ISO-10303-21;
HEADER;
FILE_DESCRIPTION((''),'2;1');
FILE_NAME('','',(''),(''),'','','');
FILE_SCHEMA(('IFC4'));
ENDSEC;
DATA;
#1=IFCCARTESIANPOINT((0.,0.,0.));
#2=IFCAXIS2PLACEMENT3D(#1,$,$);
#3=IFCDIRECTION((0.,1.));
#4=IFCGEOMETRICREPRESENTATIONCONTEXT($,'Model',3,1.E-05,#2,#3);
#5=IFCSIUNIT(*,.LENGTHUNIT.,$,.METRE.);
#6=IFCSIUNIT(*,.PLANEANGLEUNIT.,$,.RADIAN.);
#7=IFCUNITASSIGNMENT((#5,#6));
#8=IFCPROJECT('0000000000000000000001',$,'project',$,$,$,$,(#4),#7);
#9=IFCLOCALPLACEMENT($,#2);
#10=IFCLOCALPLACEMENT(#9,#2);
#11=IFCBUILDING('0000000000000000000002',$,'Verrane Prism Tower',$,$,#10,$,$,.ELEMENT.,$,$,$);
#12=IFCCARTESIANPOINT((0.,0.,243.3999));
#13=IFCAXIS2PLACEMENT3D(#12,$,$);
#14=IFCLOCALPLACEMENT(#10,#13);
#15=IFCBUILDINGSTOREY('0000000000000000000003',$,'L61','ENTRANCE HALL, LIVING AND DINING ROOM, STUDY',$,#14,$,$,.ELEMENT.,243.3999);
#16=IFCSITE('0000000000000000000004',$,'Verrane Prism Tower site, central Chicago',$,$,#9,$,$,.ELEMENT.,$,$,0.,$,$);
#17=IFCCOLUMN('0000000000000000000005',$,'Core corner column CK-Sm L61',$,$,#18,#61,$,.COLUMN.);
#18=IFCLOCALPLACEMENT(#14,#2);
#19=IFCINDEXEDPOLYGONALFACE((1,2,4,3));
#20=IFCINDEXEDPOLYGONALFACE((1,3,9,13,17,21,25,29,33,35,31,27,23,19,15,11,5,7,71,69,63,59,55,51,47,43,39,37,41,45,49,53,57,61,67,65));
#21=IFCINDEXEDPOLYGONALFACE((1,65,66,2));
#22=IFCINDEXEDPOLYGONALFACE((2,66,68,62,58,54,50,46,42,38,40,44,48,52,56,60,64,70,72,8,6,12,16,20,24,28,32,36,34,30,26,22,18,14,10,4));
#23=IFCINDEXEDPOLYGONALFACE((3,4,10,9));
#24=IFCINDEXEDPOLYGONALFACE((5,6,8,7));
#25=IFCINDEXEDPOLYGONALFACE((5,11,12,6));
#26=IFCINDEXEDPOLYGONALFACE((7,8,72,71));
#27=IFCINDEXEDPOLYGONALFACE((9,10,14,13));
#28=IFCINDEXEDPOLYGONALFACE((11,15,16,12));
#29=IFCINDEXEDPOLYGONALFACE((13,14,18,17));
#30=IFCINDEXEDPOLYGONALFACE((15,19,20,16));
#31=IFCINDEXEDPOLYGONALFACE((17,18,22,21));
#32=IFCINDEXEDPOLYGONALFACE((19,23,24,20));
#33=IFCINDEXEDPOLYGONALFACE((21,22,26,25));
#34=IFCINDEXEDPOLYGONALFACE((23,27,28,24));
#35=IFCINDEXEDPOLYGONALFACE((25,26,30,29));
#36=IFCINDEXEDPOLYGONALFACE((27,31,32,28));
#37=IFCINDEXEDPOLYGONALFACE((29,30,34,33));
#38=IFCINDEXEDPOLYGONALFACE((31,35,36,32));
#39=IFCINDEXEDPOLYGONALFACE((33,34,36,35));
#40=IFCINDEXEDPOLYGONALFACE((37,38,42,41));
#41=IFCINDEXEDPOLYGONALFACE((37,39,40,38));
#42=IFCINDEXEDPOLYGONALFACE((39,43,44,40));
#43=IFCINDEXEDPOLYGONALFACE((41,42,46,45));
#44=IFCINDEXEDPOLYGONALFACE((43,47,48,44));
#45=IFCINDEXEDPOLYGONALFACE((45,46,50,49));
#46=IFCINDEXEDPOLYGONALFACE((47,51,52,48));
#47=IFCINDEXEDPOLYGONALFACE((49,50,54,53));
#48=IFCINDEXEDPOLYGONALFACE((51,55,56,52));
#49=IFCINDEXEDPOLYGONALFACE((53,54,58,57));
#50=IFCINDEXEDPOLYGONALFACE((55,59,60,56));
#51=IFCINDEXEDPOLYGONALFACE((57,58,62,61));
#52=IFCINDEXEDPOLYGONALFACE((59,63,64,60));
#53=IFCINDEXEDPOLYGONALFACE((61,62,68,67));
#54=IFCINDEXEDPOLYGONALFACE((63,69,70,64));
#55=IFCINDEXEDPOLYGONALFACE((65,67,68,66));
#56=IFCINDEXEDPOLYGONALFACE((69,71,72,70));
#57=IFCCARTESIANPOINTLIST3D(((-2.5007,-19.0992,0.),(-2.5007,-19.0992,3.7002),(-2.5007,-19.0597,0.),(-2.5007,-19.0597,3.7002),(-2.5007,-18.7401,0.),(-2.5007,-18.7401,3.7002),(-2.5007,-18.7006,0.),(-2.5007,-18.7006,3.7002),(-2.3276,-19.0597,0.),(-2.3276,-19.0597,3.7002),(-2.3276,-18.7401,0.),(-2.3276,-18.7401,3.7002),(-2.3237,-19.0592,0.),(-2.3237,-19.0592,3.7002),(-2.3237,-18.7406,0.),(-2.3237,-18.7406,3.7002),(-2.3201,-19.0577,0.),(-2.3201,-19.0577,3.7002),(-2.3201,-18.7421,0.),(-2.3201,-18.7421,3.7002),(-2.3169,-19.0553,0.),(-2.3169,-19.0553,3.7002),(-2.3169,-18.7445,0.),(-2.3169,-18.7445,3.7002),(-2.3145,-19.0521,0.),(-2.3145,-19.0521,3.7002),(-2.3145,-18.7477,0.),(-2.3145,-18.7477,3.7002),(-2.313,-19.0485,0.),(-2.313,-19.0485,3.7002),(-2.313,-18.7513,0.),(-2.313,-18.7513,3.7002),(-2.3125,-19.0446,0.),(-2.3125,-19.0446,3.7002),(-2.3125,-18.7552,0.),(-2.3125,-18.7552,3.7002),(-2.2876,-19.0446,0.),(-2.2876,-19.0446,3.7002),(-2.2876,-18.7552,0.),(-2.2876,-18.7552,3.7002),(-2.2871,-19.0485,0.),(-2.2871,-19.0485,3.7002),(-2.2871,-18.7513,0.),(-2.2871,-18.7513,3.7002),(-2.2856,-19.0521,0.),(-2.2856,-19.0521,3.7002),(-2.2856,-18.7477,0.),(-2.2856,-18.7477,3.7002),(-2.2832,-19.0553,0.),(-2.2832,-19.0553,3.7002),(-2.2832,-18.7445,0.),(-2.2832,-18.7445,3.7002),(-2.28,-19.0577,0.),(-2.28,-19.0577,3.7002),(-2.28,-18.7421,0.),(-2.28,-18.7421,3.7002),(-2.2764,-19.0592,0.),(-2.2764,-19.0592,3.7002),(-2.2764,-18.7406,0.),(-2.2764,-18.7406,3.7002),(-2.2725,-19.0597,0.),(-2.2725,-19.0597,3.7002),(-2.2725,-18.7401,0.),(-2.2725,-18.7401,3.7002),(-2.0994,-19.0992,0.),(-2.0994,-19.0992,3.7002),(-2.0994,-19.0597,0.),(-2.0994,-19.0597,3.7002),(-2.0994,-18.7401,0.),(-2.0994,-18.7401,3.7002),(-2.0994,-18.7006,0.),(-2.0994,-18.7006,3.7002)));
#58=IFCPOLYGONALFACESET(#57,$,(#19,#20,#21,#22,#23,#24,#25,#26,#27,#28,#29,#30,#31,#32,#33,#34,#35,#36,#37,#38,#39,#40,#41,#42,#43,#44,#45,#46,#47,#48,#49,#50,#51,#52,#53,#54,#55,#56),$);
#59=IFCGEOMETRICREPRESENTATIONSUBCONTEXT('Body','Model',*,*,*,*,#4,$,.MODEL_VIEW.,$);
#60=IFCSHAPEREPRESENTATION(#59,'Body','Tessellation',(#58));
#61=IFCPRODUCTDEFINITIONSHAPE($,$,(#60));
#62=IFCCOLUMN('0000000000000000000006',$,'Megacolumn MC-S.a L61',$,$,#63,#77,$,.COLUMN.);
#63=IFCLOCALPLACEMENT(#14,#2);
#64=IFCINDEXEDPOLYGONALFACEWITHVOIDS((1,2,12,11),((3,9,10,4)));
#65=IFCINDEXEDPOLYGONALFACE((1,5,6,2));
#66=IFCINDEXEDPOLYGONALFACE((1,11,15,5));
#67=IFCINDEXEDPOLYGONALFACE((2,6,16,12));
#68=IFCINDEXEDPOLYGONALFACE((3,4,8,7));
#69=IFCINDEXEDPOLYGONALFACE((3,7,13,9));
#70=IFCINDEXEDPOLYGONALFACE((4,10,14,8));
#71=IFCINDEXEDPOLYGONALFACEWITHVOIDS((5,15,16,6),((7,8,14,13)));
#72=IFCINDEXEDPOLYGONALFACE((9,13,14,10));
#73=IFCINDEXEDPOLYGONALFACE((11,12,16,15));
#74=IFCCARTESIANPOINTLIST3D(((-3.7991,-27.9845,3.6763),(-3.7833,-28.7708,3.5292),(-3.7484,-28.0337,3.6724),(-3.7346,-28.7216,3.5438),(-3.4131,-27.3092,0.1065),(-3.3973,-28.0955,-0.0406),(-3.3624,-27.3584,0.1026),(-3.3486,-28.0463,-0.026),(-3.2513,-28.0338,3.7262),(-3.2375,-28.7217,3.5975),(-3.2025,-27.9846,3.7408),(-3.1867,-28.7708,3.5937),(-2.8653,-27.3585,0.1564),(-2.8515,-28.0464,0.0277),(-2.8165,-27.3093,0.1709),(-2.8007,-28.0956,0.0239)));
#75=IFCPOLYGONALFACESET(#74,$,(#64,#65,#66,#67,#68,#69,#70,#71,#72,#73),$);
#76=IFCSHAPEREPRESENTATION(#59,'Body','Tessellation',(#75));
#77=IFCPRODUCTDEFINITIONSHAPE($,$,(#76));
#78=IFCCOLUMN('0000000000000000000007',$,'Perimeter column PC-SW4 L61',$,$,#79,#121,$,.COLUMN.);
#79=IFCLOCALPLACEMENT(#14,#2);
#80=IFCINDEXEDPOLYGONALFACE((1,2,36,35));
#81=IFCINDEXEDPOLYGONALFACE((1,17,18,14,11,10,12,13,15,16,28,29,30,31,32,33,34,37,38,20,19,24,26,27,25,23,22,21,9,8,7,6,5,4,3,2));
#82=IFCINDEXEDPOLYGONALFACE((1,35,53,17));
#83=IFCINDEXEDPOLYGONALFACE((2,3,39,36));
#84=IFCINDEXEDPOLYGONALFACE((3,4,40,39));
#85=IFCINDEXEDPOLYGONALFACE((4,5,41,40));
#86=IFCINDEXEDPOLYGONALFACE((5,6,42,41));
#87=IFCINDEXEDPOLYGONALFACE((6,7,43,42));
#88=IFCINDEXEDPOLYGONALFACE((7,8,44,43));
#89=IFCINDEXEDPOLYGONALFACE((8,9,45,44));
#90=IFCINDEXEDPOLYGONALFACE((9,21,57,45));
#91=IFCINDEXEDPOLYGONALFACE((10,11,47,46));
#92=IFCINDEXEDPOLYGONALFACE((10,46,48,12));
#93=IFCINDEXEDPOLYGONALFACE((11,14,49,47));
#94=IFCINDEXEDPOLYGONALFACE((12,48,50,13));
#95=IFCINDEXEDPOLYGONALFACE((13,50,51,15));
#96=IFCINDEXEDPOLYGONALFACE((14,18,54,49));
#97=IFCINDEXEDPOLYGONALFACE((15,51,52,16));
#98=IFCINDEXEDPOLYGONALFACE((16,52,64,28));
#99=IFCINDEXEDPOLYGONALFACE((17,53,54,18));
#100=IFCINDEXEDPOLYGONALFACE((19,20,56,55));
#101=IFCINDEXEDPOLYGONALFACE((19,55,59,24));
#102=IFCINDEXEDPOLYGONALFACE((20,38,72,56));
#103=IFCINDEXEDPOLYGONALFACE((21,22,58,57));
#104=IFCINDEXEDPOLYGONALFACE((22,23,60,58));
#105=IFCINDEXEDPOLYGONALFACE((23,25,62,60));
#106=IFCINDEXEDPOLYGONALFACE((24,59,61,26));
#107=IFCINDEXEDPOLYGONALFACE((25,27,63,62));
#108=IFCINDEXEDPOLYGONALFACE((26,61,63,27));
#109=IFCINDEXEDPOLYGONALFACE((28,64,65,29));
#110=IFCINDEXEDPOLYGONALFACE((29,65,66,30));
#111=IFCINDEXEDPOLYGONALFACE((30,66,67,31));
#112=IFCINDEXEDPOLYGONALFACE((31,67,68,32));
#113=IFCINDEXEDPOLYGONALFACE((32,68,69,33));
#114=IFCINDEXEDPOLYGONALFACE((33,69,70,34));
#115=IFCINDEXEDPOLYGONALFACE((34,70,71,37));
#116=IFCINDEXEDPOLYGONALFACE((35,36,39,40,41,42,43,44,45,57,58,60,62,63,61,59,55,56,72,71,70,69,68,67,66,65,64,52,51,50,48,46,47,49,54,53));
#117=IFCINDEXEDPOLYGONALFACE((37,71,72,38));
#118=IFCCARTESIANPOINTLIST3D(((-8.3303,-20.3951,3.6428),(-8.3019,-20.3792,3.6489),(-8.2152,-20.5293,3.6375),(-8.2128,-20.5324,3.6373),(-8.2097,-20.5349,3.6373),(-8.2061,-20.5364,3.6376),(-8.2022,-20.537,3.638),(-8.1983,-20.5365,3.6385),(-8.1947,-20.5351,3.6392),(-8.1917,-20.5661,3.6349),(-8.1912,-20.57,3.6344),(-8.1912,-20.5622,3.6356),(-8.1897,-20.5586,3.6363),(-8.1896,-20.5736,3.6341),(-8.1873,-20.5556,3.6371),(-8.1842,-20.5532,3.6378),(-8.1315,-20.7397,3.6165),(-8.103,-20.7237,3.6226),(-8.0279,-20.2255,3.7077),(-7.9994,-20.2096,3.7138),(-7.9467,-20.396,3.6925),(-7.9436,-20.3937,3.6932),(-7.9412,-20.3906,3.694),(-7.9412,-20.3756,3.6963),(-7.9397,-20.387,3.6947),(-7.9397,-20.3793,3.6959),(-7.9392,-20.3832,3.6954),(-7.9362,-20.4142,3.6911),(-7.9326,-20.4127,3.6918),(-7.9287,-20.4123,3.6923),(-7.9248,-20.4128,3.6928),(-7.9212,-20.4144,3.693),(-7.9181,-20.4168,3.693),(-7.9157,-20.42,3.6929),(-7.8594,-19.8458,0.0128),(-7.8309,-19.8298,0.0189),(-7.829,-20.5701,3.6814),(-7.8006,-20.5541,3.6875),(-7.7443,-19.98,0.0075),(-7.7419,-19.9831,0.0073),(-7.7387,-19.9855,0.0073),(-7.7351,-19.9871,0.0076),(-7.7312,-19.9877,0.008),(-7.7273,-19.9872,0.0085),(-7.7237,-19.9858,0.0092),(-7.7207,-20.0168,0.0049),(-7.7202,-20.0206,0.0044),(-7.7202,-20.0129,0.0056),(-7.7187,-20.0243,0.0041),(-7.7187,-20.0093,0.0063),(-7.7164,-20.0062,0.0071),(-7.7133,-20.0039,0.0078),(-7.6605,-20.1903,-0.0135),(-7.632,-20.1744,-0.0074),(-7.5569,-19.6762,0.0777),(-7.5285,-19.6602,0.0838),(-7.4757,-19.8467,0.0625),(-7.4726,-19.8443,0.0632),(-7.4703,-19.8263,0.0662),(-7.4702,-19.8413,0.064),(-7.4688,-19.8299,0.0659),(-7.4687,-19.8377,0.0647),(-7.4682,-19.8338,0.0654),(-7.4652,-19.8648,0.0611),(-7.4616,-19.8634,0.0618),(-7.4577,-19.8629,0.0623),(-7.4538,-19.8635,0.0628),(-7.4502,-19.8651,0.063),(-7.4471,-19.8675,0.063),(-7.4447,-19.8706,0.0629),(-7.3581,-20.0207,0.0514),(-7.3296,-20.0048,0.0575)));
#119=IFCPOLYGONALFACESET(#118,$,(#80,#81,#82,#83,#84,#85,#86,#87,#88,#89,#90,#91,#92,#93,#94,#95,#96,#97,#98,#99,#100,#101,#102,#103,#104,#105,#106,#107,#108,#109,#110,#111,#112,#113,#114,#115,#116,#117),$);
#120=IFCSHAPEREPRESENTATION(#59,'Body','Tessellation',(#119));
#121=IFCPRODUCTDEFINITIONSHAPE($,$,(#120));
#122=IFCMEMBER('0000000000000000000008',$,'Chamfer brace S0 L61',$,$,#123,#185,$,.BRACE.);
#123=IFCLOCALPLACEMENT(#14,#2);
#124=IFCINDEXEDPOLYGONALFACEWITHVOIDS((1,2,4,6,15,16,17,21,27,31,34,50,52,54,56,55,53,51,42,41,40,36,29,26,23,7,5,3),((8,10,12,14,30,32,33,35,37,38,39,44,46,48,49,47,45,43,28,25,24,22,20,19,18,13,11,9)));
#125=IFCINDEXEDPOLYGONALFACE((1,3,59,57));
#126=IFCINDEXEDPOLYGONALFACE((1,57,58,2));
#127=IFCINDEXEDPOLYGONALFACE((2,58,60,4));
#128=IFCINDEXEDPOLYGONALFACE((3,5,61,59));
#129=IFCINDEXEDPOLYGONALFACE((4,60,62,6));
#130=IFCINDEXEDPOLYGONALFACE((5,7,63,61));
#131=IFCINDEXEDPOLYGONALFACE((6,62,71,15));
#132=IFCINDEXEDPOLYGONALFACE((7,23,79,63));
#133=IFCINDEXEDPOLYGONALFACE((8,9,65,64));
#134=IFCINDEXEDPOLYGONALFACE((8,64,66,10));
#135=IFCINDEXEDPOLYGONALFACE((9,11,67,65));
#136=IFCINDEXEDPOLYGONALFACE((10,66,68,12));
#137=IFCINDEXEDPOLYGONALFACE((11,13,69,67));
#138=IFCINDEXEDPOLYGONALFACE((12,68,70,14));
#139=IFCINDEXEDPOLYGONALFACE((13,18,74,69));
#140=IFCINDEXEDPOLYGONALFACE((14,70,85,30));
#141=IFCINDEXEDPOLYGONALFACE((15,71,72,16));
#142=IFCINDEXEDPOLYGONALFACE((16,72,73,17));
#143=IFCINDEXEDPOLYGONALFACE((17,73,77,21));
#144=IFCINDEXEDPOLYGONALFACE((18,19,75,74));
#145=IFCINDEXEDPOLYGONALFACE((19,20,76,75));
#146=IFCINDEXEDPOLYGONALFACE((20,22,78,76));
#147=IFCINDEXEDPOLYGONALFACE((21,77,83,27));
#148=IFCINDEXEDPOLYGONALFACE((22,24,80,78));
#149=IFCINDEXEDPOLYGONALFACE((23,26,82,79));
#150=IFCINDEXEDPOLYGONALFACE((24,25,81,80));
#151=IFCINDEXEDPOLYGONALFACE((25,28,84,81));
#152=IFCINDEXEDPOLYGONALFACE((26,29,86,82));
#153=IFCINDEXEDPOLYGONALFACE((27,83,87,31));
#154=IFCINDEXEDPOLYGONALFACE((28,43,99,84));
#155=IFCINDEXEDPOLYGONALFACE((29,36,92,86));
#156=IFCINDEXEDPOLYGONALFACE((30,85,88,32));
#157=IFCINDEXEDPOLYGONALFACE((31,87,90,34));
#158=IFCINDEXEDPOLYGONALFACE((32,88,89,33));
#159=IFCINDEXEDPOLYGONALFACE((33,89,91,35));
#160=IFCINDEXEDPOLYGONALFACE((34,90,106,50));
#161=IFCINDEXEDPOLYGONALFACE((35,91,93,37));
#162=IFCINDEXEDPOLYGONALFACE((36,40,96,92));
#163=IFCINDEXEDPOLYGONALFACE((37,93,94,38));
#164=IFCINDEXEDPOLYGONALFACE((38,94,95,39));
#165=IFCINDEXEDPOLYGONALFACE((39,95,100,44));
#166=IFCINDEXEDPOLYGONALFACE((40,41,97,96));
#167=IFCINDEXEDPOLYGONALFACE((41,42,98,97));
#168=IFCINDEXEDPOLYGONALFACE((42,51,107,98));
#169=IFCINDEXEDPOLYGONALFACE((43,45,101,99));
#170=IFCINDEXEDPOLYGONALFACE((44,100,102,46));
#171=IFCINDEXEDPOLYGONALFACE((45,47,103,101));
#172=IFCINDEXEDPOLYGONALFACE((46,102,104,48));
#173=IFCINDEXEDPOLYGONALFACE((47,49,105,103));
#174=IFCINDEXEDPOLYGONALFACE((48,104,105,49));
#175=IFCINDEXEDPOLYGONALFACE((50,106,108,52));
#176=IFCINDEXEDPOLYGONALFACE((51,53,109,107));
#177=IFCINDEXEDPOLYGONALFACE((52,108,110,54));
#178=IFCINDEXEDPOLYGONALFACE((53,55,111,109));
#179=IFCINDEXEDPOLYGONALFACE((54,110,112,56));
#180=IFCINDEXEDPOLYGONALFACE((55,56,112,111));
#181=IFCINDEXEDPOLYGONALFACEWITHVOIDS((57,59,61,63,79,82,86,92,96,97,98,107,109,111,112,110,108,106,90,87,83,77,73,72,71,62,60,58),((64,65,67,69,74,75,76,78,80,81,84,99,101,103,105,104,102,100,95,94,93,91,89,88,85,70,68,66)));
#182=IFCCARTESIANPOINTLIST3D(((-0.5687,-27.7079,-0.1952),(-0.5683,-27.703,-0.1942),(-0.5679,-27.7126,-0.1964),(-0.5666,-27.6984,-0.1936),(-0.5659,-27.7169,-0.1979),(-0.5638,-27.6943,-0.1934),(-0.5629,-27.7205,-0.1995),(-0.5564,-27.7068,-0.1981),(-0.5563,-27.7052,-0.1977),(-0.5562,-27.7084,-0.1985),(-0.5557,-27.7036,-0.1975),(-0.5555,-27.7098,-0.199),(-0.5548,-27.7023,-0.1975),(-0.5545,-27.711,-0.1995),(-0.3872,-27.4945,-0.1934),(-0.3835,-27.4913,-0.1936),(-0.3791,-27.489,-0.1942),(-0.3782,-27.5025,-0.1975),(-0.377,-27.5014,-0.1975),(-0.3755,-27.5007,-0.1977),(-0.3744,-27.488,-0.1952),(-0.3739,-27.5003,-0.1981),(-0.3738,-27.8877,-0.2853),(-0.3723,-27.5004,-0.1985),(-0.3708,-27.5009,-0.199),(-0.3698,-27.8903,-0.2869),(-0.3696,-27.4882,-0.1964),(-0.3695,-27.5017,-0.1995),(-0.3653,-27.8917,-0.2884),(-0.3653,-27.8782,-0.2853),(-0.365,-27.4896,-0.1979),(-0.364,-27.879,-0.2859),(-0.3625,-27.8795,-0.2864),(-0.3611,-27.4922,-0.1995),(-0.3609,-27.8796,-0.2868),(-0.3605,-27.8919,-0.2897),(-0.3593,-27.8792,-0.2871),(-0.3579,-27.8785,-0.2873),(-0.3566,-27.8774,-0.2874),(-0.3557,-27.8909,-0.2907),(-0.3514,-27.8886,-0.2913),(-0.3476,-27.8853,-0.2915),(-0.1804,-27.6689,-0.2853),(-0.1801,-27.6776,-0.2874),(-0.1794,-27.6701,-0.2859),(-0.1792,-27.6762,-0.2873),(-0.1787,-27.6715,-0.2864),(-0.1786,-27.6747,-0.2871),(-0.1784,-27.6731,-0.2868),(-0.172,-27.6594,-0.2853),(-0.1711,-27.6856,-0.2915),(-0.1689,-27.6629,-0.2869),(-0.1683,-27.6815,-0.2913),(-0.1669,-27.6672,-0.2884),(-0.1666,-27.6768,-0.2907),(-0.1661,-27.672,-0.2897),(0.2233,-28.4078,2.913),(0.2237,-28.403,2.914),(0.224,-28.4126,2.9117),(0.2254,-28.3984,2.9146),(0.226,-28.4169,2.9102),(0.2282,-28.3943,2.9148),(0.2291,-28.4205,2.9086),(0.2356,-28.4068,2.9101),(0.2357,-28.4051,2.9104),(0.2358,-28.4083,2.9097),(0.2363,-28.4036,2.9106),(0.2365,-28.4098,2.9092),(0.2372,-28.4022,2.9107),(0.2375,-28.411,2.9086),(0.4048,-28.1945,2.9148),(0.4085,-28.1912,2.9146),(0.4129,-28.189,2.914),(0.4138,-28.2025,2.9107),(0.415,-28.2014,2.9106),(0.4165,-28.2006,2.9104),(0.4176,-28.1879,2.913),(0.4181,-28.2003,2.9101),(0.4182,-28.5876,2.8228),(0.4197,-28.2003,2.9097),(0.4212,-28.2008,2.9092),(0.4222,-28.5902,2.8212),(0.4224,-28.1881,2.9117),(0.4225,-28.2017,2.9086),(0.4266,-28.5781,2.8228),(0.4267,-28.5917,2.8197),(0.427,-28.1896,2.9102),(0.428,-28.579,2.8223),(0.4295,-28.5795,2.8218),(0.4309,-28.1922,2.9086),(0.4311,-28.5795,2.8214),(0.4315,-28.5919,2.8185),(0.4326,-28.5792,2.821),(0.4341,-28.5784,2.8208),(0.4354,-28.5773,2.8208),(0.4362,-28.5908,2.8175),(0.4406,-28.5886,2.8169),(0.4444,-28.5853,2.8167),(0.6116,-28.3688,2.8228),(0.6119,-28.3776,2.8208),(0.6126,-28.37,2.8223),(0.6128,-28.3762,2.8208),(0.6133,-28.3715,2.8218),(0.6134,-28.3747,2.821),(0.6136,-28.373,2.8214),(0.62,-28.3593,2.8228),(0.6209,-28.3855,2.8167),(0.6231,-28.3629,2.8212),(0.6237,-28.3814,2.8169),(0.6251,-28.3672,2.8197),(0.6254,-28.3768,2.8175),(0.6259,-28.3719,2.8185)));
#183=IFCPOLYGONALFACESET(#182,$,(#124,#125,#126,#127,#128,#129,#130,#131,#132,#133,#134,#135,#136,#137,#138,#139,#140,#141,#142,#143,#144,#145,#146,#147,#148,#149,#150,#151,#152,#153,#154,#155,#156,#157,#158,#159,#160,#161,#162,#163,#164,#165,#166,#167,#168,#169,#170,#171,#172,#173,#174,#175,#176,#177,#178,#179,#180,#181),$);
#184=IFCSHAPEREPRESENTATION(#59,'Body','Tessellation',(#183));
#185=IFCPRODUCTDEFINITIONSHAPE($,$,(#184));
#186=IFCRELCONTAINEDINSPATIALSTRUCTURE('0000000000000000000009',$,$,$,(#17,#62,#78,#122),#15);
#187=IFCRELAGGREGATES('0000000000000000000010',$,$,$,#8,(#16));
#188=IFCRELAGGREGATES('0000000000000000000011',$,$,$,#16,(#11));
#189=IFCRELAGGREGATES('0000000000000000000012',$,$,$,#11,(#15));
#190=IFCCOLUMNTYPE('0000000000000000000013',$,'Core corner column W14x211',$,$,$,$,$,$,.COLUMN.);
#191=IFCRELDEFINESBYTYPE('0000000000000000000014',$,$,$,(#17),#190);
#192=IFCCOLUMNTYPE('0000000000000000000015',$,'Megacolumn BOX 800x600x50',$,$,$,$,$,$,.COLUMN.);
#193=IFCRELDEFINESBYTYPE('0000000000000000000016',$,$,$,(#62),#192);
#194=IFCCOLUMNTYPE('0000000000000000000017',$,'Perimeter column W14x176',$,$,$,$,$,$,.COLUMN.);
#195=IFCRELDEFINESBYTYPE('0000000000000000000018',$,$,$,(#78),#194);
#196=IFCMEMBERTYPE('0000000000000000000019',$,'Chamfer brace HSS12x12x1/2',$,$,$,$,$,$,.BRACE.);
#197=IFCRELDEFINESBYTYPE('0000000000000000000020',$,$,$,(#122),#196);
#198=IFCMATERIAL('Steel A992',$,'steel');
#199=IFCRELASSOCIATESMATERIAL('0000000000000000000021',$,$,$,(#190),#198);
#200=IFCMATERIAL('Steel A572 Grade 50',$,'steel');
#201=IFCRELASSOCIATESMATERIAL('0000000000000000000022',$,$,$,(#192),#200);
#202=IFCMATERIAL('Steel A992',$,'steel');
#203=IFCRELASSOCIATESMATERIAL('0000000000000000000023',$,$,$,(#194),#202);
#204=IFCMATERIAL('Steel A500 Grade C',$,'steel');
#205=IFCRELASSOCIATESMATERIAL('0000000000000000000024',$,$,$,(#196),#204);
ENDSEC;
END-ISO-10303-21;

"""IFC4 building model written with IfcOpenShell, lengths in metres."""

from ifc_helpers import new_model, si_unit, direction, frame, origin, origin_2d, place, context, subcontext, project, spatial, hollow_rectangle, i_section, extrude, material, material_profile, profile_set, type_object, element, save


model = new_model("IFC4")

# Units and contexts
model_context = context("Model", 3, precision=1e-05, world=origin(), true_north=direction((0.0, 1.0)))
body_context = subcontext(model_context, "Body", "Model", "MODEL_VIEW")
ifc_project = project(units=[si_unit("LENGTHUNIT", "METRE"), si_unit("PLANEANGLEUNIT", "RADIAN")], contexts=[model_context])

# Site, building, storey
site_placement = place(None, origin())
site = spatial("IfcSite", under=ifc_project, at=site_placement, Name="Verrane Prism Tower site, central Chicago", CompositionType="ELEMENT", RefElevation=0.0)
building_placement = place(site_placement, origin())
building = spatial("IfcBuilding", under=site, at=building_placement, Name="Verrane Prism Tower", CompositionType="ELEMENT")
storey_placement = place(building_placement, frame((0.0, 0.0, 243.3999)))
storey = spatial("IfcBuildingStorey", under=building, at=storey_placement, Name="L61", Description="ENTRANCE HALL, LIVING AND DINING ROOM, STUDY", CompositionType="ELEMENT", Elevation=243.3999)

# Columns
ifc_material_1 = material(Name="Steel A992", Category="steel")
ifc_material_profile_1 = material_profile(ifc_material_1, i_section(OverallWidth=0.4014, OverallDepth=0.3987, WebThickness=0.0249, FlangeThickness=0.0396, FilletRadius=0.0151, at=origin_2d()), Name="W14x211")
ifc_profile_set_1 = profile_set([ifc_material_profile_1], Name="Steel A992")
column_type_1 = type_object("IfcColumnType", Name="Core corner column W14x211", PredefinedType="COLUMN", material=ifc_profile_set_1)
column_1_placement = place(storey_placement, frame((-2.3, -18.8999, 0.0), z_axis=(0.0, 0.0, 1.0), x_axis=(-1.0, 0.0, 0.0)))
element("IfcColumn", 1, at=column_1_placement, inside=storey, type_object=column_type_1, Name="Core corner column CK-Sm L61", PredefinedType="COLUMN", context=body_context, shape_type="SweptSolid", body=[
    extrude(i_section(OverallWidth=0.4014, OverallDepth=0.3987, WebThickness=0.0249, FlangeThickness=0.0396, FilletRadius=0.0151, at=origin_2d()), origin(), (0.0, 0.0, 1.0), 3.7002),
])
ifc_material_2 = material(Name="Steel A572 Grade 50", Category="steel")
ifc_material_profile_2 = material_profile(ifc_material_2, hollow_rectangle(XDim=0.6001, YDim=0.8, WallThickness=0.05, at=origin_2d()), Name="BOX 800x600x50")
ifc_profile_set_2 = profile_set([ifc_material_profile_2], Name="Steel A572 Grade 50")
column_type_2 = type_object("IfcColumnType", Name="Megacolumn BOX 800x600x50", PredefinedType="COLUMN", material=ifc_profile_set_2)
column_2_placement = place(storey_placement, frame((-3.1069, -27.7024, 0.0652), z_axis=(-0.105646, -0.18483, 0.977076), x_axis=(-0.994208, 0.000115, -0.107477)))
element("IfcColumn", 2, at=column_2_placement, inside=storey, type_object=column_type_2, Name="Megacolumn MC-S.a L61", PredefinedType="COLUMN", context=body_context, shape_type="SweptSolid", body=[
    extrude(hollow_rectangle(XDim=0.6001, YDim=0.8, WallThickness=0.05, at=origin_2d()), origin(), (0.0, 0.0, 1.0), 3.6536),
])
ifc_material_3 = material(Name="Steel A992", Category="steel")
ifc_material_profile_3 = material_profile(ifc_material_3, i_section(OverallWidth=0.3987, OverallDepth=0.386, WebThickness=0.021, FlangeThickness=0.0332, FilletRadius=0.0151, at=origin_2d()), Name="W14x176")
ifc_profile_set_3 = profile_set([ifc_material_profile_3], Name="Steel A992")
column_type_3 = type_object("IfcColumnType", Name="Perimeter column W14x176", PredefinedType="COLUMN", material=ifc_profile_set_3)
column_3_placement = place(storey_placement, frame((-7.5945, -19.9253, 0.0352), z_axis=(-0.127238, -0.148412, 0.980706), x_axis=(-0.498812, 0.864189, 0.066062)))
element("IfcColumn", 3, at=column_3_placement, inside=storey, type_object=column_type_3, Name="Perimeter column PC-SW4 L61", PredefinedType="COLUMN", context=body_context, shape_type="SweptSolid", body=[
    extrude(i_section(OverallWidth=0.3987, OverallDepth=0.386, WebThickness=0.021, FlangeThickness=0.0332, FilletRadius=0.0151, at=origin_2d()), origin(), (0.0, 0.0, 1.0), 3.7014),
])

# Member
ifc_material_4 = material(Name="Steel A500 Grade C", Category="steel")
ifc_material_profile_4 = material_profile(ifc_material_4, hollow_rectangle(XDim=0.3047, YDim=0.3047, WallThickness=0.0127, InnerFilletRadius=0.0063, OuterFilletRadius=0.019, at=origin_2d()), Name="HSS12x12x1/2")
ifc_profile_set_4 = profile_set([ifc_material_profile_4], Name="Steel A500 Grade C")
member_type_1 = type_object("IfcMemberType", Name="Chamfer brace HSS12x12x1/2", PredefinedType="BRACE", material=ifc_profile_set_4)
member_1_placement = place(storey_placement, frame((-0.3674, -27.6899, -0.2424), z_axis=(0.241244, -0.213208, 0.946755), x_axis=(0.662225, 0.749305, 0.0)))
element("IfcMember", 4, at=member_1_placement, inside=storey, type_object=member_type_1, Name="Chamfer brace S0 L61", PredefinedType="BRACE", context=body_context, shape_type="SweptSolid", body=[
    extrude(hollow_rectangle(XDim=0.3047, YDim=0.3047, WallThickness=0.0127, InnerFilletRadius=0.0063, OuterFilletRadius=0.019, at=origin_2d()), origin(), (0.0, 0.0, 1.0), 3.283),
])

save(model, "model.ifc")
